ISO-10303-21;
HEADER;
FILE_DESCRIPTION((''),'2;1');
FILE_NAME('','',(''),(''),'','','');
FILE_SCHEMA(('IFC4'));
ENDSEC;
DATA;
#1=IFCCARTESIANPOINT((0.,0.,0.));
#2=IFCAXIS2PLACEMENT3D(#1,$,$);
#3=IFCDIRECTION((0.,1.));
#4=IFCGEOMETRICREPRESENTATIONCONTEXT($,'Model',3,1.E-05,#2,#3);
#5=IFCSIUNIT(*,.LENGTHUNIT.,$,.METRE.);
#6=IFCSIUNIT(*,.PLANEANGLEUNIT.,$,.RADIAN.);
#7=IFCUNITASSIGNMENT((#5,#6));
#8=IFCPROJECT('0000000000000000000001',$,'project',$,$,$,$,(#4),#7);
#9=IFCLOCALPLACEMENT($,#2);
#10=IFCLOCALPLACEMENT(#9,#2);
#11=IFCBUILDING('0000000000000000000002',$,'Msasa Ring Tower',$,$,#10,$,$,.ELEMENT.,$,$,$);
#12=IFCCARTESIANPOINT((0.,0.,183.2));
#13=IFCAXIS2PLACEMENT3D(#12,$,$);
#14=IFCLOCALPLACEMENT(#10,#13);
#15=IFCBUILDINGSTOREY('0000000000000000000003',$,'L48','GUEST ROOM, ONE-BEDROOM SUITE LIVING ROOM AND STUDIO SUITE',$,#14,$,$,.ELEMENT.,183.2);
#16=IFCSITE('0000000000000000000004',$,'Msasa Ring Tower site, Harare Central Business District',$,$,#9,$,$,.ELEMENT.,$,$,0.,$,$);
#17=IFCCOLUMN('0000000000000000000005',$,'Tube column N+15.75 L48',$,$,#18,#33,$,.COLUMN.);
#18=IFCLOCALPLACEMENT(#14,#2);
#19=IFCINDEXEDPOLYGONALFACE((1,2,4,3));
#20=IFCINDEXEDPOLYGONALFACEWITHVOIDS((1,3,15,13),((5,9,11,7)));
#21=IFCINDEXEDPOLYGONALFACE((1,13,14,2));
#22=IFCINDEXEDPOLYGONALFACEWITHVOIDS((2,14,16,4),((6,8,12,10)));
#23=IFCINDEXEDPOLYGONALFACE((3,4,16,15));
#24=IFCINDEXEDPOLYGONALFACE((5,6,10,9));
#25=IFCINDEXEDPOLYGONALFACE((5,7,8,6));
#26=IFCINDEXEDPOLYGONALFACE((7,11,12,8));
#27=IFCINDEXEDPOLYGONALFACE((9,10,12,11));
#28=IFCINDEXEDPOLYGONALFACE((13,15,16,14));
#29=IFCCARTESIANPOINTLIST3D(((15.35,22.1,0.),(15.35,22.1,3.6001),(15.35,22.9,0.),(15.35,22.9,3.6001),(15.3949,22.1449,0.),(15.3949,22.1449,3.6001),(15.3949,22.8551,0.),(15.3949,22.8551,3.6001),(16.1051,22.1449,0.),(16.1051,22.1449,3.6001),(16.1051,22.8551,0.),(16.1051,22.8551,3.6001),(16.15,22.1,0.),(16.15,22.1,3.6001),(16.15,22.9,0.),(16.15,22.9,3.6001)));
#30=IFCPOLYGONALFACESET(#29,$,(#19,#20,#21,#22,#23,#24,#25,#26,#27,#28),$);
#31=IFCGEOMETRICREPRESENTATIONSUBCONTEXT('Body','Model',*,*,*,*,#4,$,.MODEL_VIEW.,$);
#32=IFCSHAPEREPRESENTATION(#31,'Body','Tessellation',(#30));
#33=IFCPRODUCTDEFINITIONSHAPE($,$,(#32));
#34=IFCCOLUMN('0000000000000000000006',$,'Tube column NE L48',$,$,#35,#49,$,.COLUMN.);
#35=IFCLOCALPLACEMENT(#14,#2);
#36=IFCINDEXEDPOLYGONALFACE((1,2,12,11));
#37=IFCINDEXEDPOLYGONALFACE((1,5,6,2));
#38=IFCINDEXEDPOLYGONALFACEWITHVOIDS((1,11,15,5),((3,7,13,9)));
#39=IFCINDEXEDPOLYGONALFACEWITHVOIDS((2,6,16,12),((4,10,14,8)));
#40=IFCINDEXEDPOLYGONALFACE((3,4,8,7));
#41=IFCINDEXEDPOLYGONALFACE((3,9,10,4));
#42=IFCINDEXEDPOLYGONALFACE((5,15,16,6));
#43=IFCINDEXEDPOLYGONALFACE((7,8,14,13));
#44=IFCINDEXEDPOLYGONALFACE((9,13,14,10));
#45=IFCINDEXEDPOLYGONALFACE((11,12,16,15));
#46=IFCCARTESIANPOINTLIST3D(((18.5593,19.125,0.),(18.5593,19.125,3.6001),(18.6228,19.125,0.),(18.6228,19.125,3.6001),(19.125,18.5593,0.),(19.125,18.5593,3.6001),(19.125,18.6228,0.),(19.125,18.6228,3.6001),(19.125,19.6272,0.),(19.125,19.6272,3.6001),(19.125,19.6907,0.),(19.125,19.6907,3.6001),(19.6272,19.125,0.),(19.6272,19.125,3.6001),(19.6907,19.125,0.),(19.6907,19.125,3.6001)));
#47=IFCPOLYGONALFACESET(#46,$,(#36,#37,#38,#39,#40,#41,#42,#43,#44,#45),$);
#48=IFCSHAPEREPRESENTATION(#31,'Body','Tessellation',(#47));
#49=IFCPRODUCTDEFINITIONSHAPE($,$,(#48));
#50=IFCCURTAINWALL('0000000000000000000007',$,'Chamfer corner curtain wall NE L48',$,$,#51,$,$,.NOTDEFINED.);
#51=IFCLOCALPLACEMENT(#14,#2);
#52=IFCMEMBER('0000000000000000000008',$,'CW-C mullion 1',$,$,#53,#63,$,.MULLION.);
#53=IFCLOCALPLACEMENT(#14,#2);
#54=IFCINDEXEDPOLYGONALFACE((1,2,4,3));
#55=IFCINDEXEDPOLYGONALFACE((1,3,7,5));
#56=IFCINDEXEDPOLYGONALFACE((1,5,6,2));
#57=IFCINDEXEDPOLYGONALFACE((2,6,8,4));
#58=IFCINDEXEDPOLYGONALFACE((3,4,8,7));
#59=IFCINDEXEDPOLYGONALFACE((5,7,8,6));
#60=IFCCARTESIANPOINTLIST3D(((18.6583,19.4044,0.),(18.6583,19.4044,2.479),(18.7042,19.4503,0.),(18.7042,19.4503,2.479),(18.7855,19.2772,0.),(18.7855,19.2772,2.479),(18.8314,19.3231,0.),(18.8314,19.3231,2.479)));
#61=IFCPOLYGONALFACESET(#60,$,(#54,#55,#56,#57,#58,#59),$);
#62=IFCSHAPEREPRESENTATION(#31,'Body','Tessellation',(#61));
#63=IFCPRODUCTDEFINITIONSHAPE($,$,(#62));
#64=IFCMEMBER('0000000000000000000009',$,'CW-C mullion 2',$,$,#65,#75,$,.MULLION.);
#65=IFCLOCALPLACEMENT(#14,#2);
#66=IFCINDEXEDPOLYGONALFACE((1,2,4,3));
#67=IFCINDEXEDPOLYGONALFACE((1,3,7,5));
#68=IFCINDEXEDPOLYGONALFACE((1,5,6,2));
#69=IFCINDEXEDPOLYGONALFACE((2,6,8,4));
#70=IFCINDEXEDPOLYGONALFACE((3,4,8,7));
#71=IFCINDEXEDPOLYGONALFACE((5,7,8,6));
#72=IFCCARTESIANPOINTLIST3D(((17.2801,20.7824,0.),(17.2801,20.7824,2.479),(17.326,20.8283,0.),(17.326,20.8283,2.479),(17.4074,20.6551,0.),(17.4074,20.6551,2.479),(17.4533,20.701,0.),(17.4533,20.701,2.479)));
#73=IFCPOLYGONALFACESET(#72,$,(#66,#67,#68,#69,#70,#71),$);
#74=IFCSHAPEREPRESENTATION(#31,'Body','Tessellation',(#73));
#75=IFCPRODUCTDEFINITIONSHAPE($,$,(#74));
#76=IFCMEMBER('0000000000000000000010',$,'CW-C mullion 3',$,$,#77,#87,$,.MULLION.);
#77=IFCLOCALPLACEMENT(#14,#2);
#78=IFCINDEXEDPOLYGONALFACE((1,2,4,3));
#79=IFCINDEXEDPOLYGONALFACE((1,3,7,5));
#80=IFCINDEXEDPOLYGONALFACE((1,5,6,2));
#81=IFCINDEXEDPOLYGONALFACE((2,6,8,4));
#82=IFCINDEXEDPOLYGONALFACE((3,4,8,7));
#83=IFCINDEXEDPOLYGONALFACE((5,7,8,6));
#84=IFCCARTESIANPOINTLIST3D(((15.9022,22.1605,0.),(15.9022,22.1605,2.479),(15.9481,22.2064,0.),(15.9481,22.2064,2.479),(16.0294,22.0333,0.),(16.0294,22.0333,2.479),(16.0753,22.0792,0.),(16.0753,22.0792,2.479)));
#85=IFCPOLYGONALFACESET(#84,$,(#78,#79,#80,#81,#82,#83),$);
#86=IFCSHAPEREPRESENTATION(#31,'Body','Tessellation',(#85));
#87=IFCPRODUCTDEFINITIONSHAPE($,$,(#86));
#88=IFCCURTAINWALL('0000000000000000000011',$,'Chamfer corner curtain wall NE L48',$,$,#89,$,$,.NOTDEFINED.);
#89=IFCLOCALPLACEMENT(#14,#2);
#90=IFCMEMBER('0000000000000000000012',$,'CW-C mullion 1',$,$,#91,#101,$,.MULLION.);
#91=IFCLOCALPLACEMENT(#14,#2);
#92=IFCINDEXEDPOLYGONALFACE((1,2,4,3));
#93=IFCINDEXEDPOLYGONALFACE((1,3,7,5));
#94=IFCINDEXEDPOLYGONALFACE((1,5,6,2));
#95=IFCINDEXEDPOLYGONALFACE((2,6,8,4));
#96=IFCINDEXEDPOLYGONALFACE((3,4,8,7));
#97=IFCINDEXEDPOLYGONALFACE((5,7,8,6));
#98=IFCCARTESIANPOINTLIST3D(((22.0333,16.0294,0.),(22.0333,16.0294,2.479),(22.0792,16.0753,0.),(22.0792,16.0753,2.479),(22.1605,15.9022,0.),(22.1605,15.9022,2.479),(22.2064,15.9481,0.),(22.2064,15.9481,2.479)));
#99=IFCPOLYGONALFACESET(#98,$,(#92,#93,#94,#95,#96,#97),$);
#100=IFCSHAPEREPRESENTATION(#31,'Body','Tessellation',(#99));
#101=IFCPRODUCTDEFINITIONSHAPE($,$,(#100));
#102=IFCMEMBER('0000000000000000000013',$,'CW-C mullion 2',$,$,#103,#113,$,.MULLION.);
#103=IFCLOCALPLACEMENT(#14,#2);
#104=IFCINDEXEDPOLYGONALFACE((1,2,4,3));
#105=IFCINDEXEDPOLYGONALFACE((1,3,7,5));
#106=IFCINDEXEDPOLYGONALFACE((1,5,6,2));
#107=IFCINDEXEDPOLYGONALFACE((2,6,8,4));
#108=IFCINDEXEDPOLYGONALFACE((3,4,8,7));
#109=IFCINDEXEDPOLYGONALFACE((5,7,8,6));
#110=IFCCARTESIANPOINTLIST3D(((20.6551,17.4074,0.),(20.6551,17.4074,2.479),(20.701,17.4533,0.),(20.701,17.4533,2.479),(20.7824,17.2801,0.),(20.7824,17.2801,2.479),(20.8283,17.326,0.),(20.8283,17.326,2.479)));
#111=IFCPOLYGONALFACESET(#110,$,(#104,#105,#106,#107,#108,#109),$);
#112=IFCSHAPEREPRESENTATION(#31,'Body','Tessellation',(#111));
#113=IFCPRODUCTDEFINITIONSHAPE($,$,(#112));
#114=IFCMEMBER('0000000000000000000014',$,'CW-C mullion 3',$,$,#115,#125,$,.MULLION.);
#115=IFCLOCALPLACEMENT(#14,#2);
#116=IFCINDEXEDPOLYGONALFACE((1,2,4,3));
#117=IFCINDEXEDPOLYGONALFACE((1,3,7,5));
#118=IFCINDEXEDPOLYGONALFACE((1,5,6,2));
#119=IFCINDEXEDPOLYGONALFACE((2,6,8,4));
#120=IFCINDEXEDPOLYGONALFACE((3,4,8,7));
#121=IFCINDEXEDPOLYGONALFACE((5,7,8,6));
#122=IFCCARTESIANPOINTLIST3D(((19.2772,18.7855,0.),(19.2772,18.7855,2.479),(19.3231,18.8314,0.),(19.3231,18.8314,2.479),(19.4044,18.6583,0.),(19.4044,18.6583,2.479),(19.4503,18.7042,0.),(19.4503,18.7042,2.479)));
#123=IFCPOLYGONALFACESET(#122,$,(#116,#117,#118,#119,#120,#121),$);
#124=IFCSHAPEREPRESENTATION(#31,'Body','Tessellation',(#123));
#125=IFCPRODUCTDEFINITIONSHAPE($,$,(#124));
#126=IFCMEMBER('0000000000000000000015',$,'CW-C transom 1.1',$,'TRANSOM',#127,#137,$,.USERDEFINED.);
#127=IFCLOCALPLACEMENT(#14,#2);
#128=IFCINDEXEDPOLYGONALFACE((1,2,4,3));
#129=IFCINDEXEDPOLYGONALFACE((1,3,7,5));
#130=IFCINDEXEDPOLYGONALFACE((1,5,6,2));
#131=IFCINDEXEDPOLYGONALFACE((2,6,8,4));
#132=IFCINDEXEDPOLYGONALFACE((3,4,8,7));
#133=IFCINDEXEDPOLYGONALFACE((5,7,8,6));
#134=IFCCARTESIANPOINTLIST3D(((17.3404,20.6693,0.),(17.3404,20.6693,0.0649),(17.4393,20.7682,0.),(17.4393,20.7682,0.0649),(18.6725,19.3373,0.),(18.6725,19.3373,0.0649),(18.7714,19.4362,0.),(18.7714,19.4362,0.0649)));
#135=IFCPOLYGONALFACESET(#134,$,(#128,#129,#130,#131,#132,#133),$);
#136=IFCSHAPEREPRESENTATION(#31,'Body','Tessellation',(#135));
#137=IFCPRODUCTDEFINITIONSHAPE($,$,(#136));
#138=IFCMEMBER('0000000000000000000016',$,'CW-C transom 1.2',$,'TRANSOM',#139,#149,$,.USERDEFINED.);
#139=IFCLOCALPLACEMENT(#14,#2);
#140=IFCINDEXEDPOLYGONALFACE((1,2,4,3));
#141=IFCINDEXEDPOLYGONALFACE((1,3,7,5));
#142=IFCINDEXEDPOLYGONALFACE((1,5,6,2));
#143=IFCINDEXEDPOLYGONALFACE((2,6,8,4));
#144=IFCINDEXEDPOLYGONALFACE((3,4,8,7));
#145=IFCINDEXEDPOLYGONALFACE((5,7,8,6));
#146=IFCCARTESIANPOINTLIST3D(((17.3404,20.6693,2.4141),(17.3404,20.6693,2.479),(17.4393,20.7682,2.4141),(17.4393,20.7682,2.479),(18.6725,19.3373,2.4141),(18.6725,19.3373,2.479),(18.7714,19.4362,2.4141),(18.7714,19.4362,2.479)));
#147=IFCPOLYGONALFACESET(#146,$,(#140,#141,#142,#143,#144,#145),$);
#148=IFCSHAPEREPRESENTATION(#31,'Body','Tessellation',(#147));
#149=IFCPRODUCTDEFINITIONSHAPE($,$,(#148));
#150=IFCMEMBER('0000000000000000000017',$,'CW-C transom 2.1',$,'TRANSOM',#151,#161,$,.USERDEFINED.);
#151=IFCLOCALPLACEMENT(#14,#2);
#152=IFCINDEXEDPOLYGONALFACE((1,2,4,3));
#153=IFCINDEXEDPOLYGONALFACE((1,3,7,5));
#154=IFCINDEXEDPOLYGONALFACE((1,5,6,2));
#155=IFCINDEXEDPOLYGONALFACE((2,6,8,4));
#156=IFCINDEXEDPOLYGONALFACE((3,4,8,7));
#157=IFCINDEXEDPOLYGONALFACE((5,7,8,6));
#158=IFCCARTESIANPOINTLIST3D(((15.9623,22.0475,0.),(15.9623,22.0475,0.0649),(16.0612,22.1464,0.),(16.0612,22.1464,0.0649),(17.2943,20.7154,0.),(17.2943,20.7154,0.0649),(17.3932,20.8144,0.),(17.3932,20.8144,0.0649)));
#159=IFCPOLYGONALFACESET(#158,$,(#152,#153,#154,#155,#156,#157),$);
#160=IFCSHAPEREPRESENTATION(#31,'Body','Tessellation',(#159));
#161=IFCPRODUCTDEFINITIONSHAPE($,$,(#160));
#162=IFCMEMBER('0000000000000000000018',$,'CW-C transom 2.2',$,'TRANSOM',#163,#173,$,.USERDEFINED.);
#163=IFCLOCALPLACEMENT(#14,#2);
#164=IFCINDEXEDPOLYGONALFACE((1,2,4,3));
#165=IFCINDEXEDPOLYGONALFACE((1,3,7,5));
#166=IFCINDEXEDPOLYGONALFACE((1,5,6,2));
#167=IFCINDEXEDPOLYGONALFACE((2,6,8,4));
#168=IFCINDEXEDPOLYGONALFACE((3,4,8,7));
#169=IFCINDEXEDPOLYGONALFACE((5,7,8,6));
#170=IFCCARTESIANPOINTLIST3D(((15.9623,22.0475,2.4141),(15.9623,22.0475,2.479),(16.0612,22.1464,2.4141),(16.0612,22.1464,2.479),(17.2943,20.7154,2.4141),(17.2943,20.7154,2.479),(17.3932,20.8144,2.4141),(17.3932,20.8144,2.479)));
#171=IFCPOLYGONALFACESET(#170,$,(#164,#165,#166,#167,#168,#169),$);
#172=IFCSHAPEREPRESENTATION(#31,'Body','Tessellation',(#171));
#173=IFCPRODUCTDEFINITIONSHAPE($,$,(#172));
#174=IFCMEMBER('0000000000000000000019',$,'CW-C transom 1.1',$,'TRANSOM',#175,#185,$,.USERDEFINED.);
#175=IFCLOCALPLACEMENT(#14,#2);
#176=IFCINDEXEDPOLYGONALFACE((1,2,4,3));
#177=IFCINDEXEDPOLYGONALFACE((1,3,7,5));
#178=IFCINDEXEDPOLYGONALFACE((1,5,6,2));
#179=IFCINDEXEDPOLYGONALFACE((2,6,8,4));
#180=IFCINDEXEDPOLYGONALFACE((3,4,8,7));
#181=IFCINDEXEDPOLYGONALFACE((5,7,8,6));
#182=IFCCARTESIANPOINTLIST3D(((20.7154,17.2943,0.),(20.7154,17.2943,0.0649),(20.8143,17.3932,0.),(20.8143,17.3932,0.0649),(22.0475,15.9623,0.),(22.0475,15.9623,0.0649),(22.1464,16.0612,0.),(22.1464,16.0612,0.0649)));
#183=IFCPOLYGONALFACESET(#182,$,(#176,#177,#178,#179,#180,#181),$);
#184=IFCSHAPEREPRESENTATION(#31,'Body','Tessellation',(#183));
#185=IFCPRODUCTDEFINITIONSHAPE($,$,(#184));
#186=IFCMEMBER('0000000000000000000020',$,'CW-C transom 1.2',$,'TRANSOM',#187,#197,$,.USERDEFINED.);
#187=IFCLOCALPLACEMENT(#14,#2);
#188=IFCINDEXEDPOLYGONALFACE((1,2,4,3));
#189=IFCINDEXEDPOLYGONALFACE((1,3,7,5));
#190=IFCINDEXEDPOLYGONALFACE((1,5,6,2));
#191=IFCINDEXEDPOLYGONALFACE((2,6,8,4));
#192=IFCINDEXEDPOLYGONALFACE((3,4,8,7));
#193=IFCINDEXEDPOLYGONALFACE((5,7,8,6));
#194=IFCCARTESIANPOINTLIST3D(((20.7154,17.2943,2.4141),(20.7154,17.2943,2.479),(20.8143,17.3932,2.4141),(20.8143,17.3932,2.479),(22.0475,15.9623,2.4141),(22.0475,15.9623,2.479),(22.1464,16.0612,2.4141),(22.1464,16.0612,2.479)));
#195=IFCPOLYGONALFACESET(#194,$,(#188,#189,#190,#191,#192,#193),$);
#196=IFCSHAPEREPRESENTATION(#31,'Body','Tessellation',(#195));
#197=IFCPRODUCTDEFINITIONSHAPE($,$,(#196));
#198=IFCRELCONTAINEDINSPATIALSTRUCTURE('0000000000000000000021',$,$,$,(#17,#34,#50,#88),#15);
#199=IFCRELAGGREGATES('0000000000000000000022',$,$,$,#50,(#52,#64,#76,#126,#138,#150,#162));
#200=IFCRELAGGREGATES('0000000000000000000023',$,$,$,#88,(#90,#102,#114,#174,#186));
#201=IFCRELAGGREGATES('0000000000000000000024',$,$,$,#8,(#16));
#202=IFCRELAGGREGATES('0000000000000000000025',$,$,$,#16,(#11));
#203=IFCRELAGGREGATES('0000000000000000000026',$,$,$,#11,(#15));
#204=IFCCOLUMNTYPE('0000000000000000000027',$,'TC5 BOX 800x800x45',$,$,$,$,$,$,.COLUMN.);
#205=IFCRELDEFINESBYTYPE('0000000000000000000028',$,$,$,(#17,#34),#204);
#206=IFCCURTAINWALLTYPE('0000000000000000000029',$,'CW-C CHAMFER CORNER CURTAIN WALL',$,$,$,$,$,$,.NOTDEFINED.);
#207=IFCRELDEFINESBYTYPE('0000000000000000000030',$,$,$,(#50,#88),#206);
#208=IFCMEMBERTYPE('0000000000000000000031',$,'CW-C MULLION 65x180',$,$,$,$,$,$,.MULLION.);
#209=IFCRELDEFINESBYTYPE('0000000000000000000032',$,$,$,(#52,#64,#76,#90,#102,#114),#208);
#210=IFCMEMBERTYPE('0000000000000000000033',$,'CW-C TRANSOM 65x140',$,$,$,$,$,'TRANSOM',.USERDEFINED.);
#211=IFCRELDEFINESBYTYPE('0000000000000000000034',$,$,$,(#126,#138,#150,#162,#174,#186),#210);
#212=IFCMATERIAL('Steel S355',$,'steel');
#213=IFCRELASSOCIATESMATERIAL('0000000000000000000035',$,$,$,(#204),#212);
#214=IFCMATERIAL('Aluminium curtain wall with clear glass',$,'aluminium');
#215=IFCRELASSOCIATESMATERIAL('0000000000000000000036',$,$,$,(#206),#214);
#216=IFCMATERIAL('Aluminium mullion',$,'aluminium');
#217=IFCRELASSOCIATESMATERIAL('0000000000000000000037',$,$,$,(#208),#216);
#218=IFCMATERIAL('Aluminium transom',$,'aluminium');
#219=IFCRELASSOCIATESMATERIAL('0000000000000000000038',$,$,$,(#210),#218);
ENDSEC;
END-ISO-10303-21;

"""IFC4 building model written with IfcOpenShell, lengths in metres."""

from ifc_helpers import new_model, si_unit, direction, frame, origin, origin_2d, place, context, subcontext, project, spatial, rectangle, hollow_rectangle, extrude, material, material_profile, profile_set, type_object, element, aggregate, save


model = new_model("IFC4")

# Units and contexts
model_context = context("Model", 3, precision=1e-05, world=origin(), true_north=direction((0.0, 1.0)))
body_context = subcontext(model_context, "Body", "Model", "MODEL_VIEW")
ifc_project = project(units=[si_unit("LENGTHUNIT", "METRE"), si_unit("PLANEANGLEUNIT", "RADIAN")], contexts=[model_context])

# Site, building, storey
site_placement = place(None, origin())
site = spatial("IfcSite", under=ifc_project, at=site_placement, Name="Msasa Ring Tower site, Harare Central Business District", CompositionType="ELEMENT", RefElevation=0.0)
building_placement = place(site_placement, origin())
building = spatial("IfcBuilding", under=site, at=building_placement, Name="Msasa Ring Tower", CompositionType="ELEMENT")
storey_placement = place(building_placement, frame((0.0, 0.0, 183.2)))
storey = spatial("IfcBuildingStorey", under=building, at=storey_placement, Name="L48", Description="GUEST ROOM, ONE-BEDROOM SUITE LIVING ROOM AND STUDIO SUITE", CompositionType="ELEMENT", Elevation=183.2)

# Columns
ifc_material_1 = material(Name="Steel S355", Category="steel")
ifc_material_profile_1 = material_profile(ifc_material_1, hollow_rectangle(XDim=0.8, YDim=0.8, WallThickness=0.0449, at=origin_2d()), Name="BOX 800x800x45")
ifc_profile_set_1 = profile_set([ifc_material_profile_1], Name="Steel S355")
column_type = type_object("IfcColumnType", Name="TC5 BOX 800x800x45", PredefinedType="COLUMN", material=ifc_profile_set_1)
for number, where, z_axis, x_axis, name in (
    (1, (15.75, 22.5, 0.0), (0.0, 0.0, 1.0), (0.0, 1.0, 0.0), "Tube column N+15.75 L48"),
    (2, (19.125, 19.125, 0.0), (0.0, 0.0, 1.0), (0.707107, 0.707107, 0.0), "Tube column NE L48"),
):
    element("IfcColumn", number, at=place(storey_placement, frame(where, z_axis=z_axis, x_axis=x_axis)), inside=storey, type_object=column_type, Name=name, PredefinedType="COLUMN", context=body_context, shape_type="SweptSolid", body=[
        extrude(hollow_rectangle(XDim=0.8, YDim=0.8, WallThickness=0.0449, at=origin_2d()), origin(), (0.0, 0.0, 1.0), 3.6001),
    ])

# Curtain walls, members
ifc_material_2 = material(Name="Aluminium curtain wall with clear glass", Category="aluminium")
curtain_wall_type = type_object("IfcCurtainWallType", Name="CW-C CHAMFER CORNER CURTAIN WALL", PredefinedType="NOTDEFINED", material=ifc_material_2)
curtain_wall_1_placement = place(storey_placement, origin())
curtain_wall_1 = element("IfcCurtainWall", 3, at=curtain_wall_1_placement, inside=storey, type_object=curtain_wall_type, Name="Chamfer corner curtain wall NE L48", PredefinedType="NOTDEFINED")
ifc_material_3 = material(Name="Aluminium mullion", Category="aluminium")
ifc_material_profile_2 = material_profile(ifc_material_3, rectangle(XDim=0.0649, YDim=0.1799, at=origin_2d()), Name="AL 65x180")
ifc_profile_set_2 = profile_set([ifc_material_profile_2], Name="Aluminium mullion")
member_type_1 = type_object("IfcMemberType", Name="CW-C MULLION 65x180", PredefinedType="MULLION", material=ifc_profile_set_2)
member_1_placement = place(storey_placement, frame((18.7449, 19.3638, 0.0), z_axis=(0.0, 0.0, 1.0), x_axis=(-0.707107, -0.707107, 0.0)))
member_1 = element("IfcMember", 4, at=member_1_placement, type_object=member_type_1, Name="CW-C mullion 1", PredefinedType="MULLION", context=body_context, shape_type="SweptSolid", body=[
    extrude(rectangle(XDim=0.0649, YDim=0.1799, at=origin_2d()), origin(), (0.0, 0.0, 1.0), 2.479),
])
member_2_placement = place(storey_placement, frame((17.3667, 20.7417, 0.0), z_axis=(0.0, 0.0, 1.0), x_axis=(-0.707107, -0.707107, 0.0)))
member_2 = element("IfcMember", 5, at=member_2_placement, type_object=member_type_1, Name="CW-C mullion 2", PredefinedType="MULLION", context=body_context, shape_type="SweptSolid", body=[
    extrude(rectangle(XDim=0.0649, YDim=0.1799, at=origin_2d()), origin(), (0.0, 0.0, 1.0), 2.479),
])
member_3_placement = place(storey_placement, frame((15.9888, 22.1199, 0.0), z_axis=(0.0, 0.0, 1.0), x_axis=(-0.707107, -0.707107, 0.0)))
member_3 = element("IfcMember", 6, at=member_3_placement, type_object=member_type_1, Name="CW-C mullion 3", PredefinedType="MULLION", context=body_context, shape_type="SweptSolid", body=[
    extrude(rectangle(XDim=0.0649, YDim=0.1799, at=origin_2d()), origin(), (0.0, 0.0, 1.0), 2.479),
])
curtain_wall_2_placement = place(storey_placement, origin())
curtain_wall_2 = element("IfcCurtainWall", 7, at=curtain_wall_2_placement, inside=storey, type_object=curtain_wall_type, Name="Chamfer corner curtain wall NE L48", PredefinedType="NOTDEFINED")
member_4_placement = place(storey_placement, frame((22.1199, 15.9888, 0.0), z_axis=(0.0, 0.0, 1.0), x_axis=(-0.707107, -0.707107, 0.0)))
member_4 = element("IfcMember", 8, at=member_4_placement, type_object=member_type_1, Name="CW-C mullion 1", PredefinedType="MULLION", context=body_context, shape_type="SweptSolid", body=[
    extrude(rectangle(XDim=0.0649, YDim=0.1799, at=origin_2d()), origin(), (0.0, 0.0, 1.0), 2.479),
])
member_5_placement = place(storey_placement, frame((20.7417, 17.3667, 0.0), z_axis=(0.0, 0.0, 1.0), x_axis=(-0.707107, -0.707107, 0.0)))
member_5 = element("IfcMember", 9, at=member_5_placement, type_object=member_type_1, Name="CW-C mullion 2", PredefinedType="MULLION", context=body_context, shape_type="SweptSolid", body=[
    extrude(rectangle(XDim=0.0649, YDim=0.1799, at=origin_2d()), origin(), (0.0, 0.0, 1.0), 2.479),
])
member_6_placement = place(storey_placement, frame((19.3638, 18.7449, 0.0), z_axis=(0.0, 0.0, 1.0), x_axis=(-0.707107, -0.707107, 0.0)))
member_6 = element("IfcMember", 10, at=member_6_placement, type_object=member_type_1, Name="CW-C mullion 3", PredefinedType="MULLION", context=body_context, shape_type="SweptSolid", body=[
    extrude(rectangle(XDim=0.0649, YDim=0.1799, at=origin_2d()), origin(), (0.0, 0.0, 1.0), 2.479),
])

# Members
ifc_material_4 = material(Name="Aluminium transom", Category="aluminium")
ifc_material_profile_3 = material_profile(ifc_material_4, rectangle(XDim=0.1399, YDim=0.0649, at=origin_2d()), Name="AL 65x140")
ifc_profile_set_3 = profile_set([ifc_material_profile_3], Name="Aluminium transom")
member_type_2 = type_object("IfcMemberType", Name="CW-C TRANSOM 65x140", ElementType="TRANSOM", PredefinedType="USERDEFINED", material=ifc_profile_set_3)
member_7_placement = place(storey_placement, frame((18.7219, 19.3867, 0.0325), z_axis=(-0.707107, 0.707107, 0.0), x_axis=(-0.707107, -0.707107, 0.0)))
member_7 = element("IfcMember", 11, at=member_7_placement, type_object=member_type_2, Name="CW-C transom 1.1", ObjectType="TRANSOM", PredefinedType="USERDEFINED", context=body_context, shape_type="SweptSolid", body=[
    extrude(rectangle(XDim=0.1399, YDim=0.0649, at=origin_2d()), origin(), (0.0, 0.0, 1.0), 1.8838),
])
member_8_placement = place(storey_placement, frame((18.7219, 19.3867, 2.4465), z_axis=(-0.707107, 0.707107, 0.0), x_axis=(-0.707107, -0.707107, 0.0)))
member_8 = element("IfcMember", 12, at=member_8_placement, type_object=member_type_2, Name="CW-C transom 1.2", ObjectType="TRANSOM", PredefinedType="USERDEFINED", context=body_context, shape_type="SweptSolid", body=[
    extrude(rectangle(XDim=0.1399, YDim=0.0649, at=origin_2d()), origin(), (0.0, 0.0, 1.0), 1.8838),
])
member_9_placement = place(storey_placement, frame((17.3438, 20.7649, 0.0325), z_axis=(-0.707107, 0.707107, 0.0), x_axis=(-0.707107, -0.707107, 0.0)))
member_9 = element("IfcMember", 13, at=member_9_placement, type_object=member_type_2, Name="CW-C transom 2.1", ObjectType="TRANSOM", PredefinedType="USERDEFINED", context=body_context, shape_type="SweptSolid", body=[
    extrude(rectangle(XDim=0.1399, YDim=0.0649, at=origin_2d()), origin(), (0.0, 0.0, 1.0), 1.8838),
])
member_10_placement = place(storey_placement, frame((17.3438, 20.7649, 2.4465), z_axis=(-0.707107, 0.707107, 0.0), x_axis=(-0.707107, -0.707107, 0.0)))
member_10 = element("IfcMember", 14, at=member_10_placement, type_object=member_type_2, Name="CW-C transom 2.2", ObjectType="TRANSOM", PredefinedType="USERDEFINED", context=body_context, shape_type="SweptSolid", body=[
    extrude(rectangle(XDim=0.1399, YDim=0.0649, at=origin_2d()), origin(), (0.0, 0.0, 1.0), 1.8838),
])
member_11_placement = place(storey_placement, frame((22.0969, 16.0117, 0.0325), z_axis=(-0.707107, 0.707107, 0.0), x_axis=(-0.707107, -0.707107, 0.0)))
member_11 = element("IfcMember", 15, at=member_11_placement, type_object=member_type_2, Name="CW-C transom 1.1", ObjectType="TRANSOM", PredefinedType="USERDEFINED", context=body_context, shape_type="SweptSolid", body=[
    extrude(rectangle(XDim=0.1399, YDim=0.0649, at=origin_2d()), origin(), (0.0, 0.0, 1.0), 1.8838),
])
member_12_placement = place(storey_placement, frame((22.0969, 16.0117, 2.4465), z_axis=(-0.707107, 0.707107, 0.0), x_axis=(-0.707107, -0.707107, 0.0)))
member_12 = element("IfcMember", 16, at=member_12_placement, type_object=member_type_2, Name="CW-C transom 1.2", ObjectType="TRANSOM", PredefinedType="USERDEFINED", context=body_context, shape_type="SweptSolid", body=[
    extrude(rectangle(XDim=0.1399, YDim=0.0649, at=origin_2d()), origin(), (0.0, 0.0, 1.0), 1.8838),
])

aggregate(curtain_wall_1, [member_1, member_2, member_3, member_7, member_8, member_9, member_10])
aggregate(curtain_wall_2, [member_4, member_5, member_6, member_11, member_12])

save(model, "model.ifc")
